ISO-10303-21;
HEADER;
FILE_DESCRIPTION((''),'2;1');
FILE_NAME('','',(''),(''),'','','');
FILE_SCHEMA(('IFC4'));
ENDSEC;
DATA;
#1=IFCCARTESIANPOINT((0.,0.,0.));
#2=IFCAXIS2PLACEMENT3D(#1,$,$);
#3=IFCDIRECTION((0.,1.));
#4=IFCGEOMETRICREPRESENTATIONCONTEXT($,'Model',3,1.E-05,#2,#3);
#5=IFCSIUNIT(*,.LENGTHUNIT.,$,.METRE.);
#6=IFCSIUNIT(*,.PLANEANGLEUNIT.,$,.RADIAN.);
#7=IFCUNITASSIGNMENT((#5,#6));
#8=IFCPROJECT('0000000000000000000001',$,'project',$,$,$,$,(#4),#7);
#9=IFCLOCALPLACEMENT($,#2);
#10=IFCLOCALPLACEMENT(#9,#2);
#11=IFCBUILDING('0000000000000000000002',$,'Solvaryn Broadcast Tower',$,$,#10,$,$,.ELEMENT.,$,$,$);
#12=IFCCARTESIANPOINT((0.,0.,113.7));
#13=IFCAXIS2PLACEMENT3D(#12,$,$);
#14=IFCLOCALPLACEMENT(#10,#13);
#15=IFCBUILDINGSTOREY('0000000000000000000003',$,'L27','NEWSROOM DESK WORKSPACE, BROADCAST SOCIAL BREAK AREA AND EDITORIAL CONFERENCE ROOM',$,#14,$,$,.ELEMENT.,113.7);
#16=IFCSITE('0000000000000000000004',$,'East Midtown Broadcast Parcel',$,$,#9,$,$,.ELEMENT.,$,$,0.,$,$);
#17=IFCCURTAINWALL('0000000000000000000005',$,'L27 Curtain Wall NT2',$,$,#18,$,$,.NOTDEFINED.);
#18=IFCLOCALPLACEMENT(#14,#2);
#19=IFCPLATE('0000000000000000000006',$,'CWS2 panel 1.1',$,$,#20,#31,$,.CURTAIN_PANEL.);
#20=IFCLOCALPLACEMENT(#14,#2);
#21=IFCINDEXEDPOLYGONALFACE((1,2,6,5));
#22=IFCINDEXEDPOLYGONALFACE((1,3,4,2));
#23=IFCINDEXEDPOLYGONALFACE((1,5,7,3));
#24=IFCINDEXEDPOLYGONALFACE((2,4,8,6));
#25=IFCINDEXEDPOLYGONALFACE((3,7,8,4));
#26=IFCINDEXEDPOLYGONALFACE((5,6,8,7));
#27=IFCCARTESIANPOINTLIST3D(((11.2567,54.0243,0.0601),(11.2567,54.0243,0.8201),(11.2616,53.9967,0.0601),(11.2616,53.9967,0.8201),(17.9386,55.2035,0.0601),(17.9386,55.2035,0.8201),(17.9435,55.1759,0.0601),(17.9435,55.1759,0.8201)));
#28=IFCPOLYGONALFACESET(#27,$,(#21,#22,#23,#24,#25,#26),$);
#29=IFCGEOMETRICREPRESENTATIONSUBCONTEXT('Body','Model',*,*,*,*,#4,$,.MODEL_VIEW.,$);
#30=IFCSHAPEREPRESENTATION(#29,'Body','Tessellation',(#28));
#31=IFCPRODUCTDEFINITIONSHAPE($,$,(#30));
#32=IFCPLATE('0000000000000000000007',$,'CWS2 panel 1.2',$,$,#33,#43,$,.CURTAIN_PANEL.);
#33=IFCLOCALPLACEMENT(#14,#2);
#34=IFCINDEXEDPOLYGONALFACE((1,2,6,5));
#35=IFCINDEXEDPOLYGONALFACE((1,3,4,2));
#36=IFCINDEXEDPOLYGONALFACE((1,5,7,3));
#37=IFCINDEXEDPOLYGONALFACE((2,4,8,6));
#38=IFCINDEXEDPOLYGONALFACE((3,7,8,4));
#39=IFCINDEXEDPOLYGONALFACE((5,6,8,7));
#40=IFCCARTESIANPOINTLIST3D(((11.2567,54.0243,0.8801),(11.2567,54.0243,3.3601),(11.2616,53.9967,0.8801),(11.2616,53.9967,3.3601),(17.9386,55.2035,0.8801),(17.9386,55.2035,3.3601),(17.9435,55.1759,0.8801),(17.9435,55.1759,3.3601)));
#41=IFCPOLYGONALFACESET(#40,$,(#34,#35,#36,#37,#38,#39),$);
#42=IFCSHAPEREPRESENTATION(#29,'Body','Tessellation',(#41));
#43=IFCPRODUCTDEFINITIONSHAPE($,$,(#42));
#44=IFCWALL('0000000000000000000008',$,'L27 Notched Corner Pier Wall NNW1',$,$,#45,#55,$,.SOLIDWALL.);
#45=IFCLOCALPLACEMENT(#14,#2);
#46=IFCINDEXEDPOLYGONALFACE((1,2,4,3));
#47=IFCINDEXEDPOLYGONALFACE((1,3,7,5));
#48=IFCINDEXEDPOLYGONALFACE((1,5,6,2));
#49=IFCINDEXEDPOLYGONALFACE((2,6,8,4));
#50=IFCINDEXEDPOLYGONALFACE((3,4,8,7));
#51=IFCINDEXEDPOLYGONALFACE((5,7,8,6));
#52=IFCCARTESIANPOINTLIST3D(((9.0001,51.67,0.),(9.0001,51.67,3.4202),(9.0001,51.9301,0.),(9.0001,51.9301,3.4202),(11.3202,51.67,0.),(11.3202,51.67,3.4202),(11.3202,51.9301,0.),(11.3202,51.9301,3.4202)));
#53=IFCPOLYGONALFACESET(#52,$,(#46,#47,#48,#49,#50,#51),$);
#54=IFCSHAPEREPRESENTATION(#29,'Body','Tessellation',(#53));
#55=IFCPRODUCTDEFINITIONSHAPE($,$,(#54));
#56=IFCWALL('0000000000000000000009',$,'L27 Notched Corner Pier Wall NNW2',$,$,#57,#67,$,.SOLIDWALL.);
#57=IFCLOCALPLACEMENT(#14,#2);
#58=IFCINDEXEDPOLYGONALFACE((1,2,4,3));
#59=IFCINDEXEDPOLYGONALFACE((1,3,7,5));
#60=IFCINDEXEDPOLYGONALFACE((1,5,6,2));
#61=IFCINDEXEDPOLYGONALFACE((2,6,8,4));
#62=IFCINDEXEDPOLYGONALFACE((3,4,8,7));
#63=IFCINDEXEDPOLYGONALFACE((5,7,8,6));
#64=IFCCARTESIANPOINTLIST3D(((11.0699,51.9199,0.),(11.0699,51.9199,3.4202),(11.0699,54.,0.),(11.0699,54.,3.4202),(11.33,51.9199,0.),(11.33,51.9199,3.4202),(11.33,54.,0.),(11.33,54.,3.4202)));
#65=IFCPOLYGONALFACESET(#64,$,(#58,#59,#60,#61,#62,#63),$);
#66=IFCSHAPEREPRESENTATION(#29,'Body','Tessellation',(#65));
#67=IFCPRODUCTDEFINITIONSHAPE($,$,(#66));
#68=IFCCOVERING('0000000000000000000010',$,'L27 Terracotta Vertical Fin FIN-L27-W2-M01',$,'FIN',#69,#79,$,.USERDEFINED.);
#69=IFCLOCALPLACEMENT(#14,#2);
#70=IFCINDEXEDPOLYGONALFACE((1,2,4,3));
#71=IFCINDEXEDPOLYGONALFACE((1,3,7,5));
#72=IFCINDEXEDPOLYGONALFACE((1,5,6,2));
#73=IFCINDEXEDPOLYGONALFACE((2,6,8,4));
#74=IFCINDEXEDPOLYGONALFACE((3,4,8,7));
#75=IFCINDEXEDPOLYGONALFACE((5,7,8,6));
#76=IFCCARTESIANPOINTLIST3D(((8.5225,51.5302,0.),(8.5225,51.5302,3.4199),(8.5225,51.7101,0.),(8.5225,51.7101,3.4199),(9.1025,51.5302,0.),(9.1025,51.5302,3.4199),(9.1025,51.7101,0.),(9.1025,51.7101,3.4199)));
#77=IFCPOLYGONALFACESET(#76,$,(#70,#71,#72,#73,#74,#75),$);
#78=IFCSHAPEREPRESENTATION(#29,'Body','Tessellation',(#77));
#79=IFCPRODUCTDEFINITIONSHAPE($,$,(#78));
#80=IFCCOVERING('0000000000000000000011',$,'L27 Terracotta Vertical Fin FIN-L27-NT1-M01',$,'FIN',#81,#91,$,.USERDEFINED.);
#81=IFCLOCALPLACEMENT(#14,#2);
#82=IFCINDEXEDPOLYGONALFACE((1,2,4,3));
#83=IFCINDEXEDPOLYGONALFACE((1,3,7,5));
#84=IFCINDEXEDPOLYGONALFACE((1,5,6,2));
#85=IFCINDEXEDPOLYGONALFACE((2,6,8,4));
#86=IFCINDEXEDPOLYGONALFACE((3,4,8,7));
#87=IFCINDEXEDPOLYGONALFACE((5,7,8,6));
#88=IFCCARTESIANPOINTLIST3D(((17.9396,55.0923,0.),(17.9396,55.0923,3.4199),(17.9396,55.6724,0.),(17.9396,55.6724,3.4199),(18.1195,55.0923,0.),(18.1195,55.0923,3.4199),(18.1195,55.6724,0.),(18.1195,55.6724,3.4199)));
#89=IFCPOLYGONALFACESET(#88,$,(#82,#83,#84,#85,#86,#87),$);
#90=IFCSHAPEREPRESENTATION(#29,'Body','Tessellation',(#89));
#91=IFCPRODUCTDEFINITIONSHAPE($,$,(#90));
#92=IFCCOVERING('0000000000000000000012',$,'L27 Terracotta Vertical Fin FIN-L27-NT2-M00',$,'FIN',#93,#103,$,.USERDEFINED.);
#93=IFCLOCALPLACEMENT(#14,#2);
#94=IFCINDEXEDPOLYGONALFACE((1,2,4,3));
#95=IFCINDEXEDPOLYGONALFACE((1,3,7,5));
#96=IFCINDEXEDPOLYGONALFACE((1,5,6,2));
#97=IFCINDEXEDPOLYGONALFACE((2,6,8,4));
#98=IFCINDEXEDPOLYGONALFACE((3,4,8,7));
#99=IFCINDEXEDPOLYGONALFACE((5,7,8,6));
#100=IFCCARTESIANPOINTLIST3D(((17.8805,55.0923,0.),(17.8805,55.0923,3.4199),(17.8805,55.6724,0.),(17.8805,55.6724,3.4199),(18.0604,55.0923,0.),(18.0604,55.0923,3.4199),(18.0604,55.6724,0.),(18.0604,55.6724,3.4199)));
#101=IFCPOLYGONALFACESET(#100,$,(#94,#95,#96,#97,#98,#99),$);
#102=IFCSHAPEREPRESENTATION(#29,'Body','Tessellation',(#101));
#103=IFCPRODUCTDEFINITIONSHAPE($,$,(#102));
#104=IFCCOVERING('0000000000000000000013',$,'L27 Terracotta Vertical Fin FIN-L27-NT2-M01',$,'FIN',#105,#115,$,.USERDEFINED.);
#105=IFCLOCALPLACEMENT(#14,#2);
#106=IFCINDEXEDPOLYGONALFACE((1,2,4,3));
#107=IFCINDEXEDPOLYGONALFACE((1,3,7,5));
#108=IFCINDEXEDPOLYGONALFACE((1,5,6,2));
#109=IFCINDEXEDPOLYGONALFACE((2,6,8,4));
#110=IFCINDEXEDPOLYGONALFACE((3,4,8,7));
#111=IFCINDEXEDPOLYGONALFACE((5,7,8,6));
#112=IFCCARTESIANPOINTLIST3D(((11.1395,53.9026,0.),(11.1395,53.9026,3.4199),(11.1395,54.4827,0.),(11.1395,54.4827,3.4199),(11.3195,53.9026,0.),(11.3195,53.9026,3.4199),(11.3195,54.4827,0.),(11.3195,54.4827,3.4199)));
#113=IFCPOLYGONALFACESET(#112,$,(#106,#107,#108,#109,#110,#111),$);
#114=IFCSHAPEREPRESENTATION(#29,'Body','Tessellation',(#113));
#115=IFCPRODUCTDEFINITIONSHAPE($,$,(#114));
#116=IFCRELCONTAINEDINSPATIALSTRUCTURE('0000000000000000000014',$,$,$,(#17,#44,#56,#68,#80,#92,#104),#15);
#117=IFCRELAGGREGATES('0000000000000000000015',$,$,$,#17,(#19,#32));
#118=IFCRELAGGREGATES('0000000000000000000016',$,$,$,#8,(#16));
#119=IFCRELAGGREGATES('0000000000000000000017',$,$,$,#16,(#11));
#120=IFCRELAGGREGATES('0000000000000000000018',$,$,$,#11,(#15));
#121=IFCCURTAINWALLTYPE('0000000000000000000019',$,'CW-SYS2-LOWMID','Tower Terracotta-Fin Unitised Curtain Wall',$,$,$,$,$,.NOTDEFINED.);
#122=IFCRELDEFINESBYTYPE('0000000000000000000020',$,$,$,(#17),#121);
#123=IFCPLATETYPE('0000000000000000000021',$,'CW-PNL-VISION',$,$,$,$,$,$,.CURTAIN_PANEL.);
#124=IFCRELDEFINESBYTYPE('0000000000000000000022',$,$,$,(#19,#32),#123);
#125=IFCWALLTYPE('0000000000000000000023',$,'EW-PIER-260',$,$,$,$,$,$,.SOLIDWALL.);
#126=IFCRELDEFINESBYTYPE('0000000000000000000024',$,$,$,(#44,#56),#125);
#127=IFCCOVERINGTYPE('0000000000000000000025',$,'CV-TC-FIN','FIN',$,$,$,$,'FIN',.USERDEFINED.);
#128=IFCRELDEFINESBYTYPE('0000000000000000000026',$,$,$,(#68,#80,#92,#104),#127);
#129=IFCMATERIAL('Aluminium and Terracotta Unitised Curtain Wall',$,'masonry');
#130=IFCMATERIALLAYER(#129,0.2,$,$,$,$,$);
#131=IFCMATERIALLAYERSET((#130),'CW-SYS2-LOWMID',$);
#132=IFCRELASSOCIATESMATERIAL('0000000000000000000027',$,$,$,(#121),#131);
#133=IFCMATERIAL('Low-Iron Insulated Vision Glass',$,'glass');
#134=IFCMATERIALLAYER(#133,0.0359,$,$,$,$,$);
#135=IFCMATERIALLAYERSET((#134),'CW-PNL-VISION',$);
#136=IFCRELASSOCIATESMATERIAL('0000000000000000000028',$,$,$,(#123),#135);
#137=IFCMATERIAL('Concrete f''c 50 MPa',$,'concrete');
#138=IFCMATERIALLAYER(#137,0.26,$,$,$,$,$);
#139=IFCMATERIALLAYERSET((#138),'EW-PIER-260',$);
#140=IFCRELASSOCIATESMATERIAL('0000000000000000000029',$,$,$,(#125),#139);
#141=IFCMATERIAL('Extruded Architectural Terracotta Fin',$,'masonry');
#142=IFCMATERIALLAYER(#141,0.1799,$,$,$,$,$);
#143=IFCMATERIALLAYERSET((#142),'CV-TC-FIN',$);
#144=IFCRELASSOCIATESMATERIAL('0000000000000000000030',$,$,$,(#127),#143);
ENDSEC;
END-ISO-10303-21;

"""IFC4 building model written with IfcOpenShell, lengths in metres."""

from ifc_helpers import new_model, si_unit, direction, frame, frame_2d, origin, origin_2d, place, context, subcontext, project, spatial, rectangle, extrude, material, layer, layer_set, type_object, element, aggregate, save


model = new_model("IFC4")

# Units and contexts
model_context = context("Model", 3, precision=1e-05, world=origin(), true_north=direction((0.0, 1.0)))
body_context = subcontext(model_context, "Body", "Model", "MODEL_VIEW")
ifc_project = project(units=[si_unit("LENGTHUNIT", "METRE"), si_unit("PLANEANGLEUNIT", "RADIAN")], contexts=[model_context])

# Site, building, storey
site_placement = place(None, origin())
site = spatial("IfcSite", under=ifc_project, at=site_placement, Name="East Midtown Broadcast Parcel", CompositionType="ELEMENT", RefElevation=0.0)
building_placement = place(site_placement, origin())
building = spatial("IfcBuilding", under=site, at=building_placement, Name="Solvaryn Broadcast Tower", CompositionType="ELEMENT")
storey_placement = place(building_placement, frame((0.0, 0.0, 113.7)))
storey = spatial("IfcBuildingStorey", under=building, at=storey_placement, Name="L27", Description="NEWSROOM DESK WORKSPACE, BROADCAST SOCIAL BREAK AREA AND EDITORIAL CONFERENCE ROOM", CompositionType="ELEMENT", Elevation=113.7)

# Shared definitions
ifc_material_1 = material(Name="Aluminium and Terracotta Unitised Curtain Wall", Category="masonry")
ifc_layer_1 = layer(ifc_material_1, 0.2)
ifc_layer_set_1 = layer_set([ifc_layer_1], Name="CW-SYS2-LOWMID")
curtain_wall_type = type_object("IfcCurtainWallType", Name="CW-SYS2-LOWMID", Description="Tower Terracotta-Fin Unitised Curtain Wall", PredefinedType="NOTDEFINED", material=ifc_layer_set_1)

# Curtain wall
curtain_wall_1_placement = place(storey_placement, origin())
curtain_wall_1 = element("IfcCurtainWall", 1, at=curtain_wall_1_placement, inside=storey, type_object=curtain_wall_type, Name="L27 Curtain Wall NT2", PredefinedType="NOTDEFINED")

# Plates
ifc_material_2 = material(Name="Low-Iron Insulated Vision Glass", Category="glass")
ifc_layer_2 = layer(ifc_material_2, 0.0359)
ifc_layer_set_2 = layer_set([ifc_layer_2], Name="CW-PNL-VISION")
plate_type = type_object("IfcPlateType", Name="CW-PNL-VISION", PredefinedType="CURTAIN_PANEL", material=ifc_layer_set_2)
plate_1_placement = place(storey_placement, frame((14.6001, 54.6001, 0.0601), z_axis=(0.0, 0.0, 1.0), x_axis=(-0.984784, -0.173785, 0.0)))
plate_1 = element("IfcPlate", 2, at=plate_1_placement, type_object=plate_type, Name="CWS2 panel 1.1", PredefinedType="CURTAIN_PANEL", context=body_context, shape_type="SweptSolid", body=[
    extrude(rectangle(XDim=6.7852, YDim=0.0281, at=origin_2d()), origin(), (0.0, 0.0, 1.0), 0.76),
])
plate_2_placement = place(storey_placement, frame((14.6001, 54.6001, 0.8801), z_axis=(0.0, 0.0, 1.0), x_axis=(-0.984784, -0.173785, 0.0)))
plate_2 = element("IfcPlate", 3, at=plate_2_placement, type_object=plate_type, Name="CWS2 panel 1.2", PredefinedType="CURTAIN_PANEL", context=body_context, shape_type="SweptSolid", body=[
    extrude(rectangle(XDim=6.7852, YDim=0.0281, at=origin_2d()), origin(), (0.0, 0.0, 1.0), 2.48),
])
aggregate(curtain_wall_1, [plate_1, plate_2])

# Walls
ifc_material_3 = material(Name="Concrete f'c 50 MPa", Category="concrete")
ifc_layer_3 = layer(ifc_material_3, 0.26)
ifc_layer_set_3 = layer_set([ifc_layer_3], Name="EW-PIER-260")
wall_type = type_object("IfcWallType", Name="EW-PIER-260", PredefinedType="SOLIDWALL", material=ifc_layer_set_3)
wall_1_placement = place(storey_placement, frame((9.0, 51.8, 0.0), z_axis=(0.0, 0.0, 1.0), x_axis=(1.0, 0.0, 0.0)))
element("IfcWall", 4, at=wall_1_placement, inside=storey, type_object=wall_type, Name="L27 Notched Corner Pier Wall NNW1", PredefinedType="SOLIDWALL", context=body_context, shape_type="SweptSolid", body=[
    extrude(rectangle(XDim=2.3201, YDim=0.26, at=frame_2d((1.1602, 0.0))), origin(), (0.0, 0.0, 1.0), 3.4202),
])
wall_2_placement = place(storey_placement, frame((11.2, 51.9199, 0.0), z_axis=(0.0, 0.0, 1.0), x_axis=(0.0, 1.0, 0.0)))
element("IfcWall", 5, at=wall_2_placement, inside=storey, type_object=wall_type, Name="L27 Notched Corner Pier Wall NNW2", PredefinedType="SOLIDWALL", context=body_context, shape_type="SweptSolid", body=[
    extrude(rectangle(XDim=2.0801, YDim=0.26, at=frame_2d((1.04, 0.0))), origin(), (0.0, 0.0, 1.0), 3.4202),
])

# Coverings
ifc_material_4 = material(Name="Extruded Architectural Terracotta Fin", Category="masonry")
ifc_layer_4 = layer(ifc_material_4, 0.1799)
ifc_layer_set_4 = layer_set([ifc_layer_4], Name="CV-TC-FIN")
covering_type = type_object("IfcCoveringType", Name="CV-TC-FIN", Description="FIN", ElementType="FIN", PredefinedType="USERDEFINED", material=ifc_layer_set_4)
covering_placement = place(storey_placement, frame((8.8125, 51.6201, 0.0), z_axis=(0.0, 0.0, 1.0), x_axis=(1.0, 0.0, 0.0)))
element("IfcCovering", 6, at=covering_placement, inside=storey, type_object=covering_type, Name="L27 Terracotta Vertical Fin FIN-L27-W2-M01", ObjectType="FIN", PredefinedType="USERDEFINED", context=body_context, shape_type="SweptSolid", body=[
    extrude(rectangle(XDim=0.5801, YDim=0.1799, at=origin_2d()), origin(), (0.0, 0.0, 1.0), 3.4199),
])
for number, where, z_axis, x_axis, name in (
    (7, (18.0295, 55.3823, 0.0), (0.0, 0.0, 1.0), (1.0, 0.0, 0.0), "L27 Terracotta Vertical Fin FIN-L27-NT1-M01"),
    (8, (17.9705, 55.3823, 0.0), (0.0, 0.0, 1.0), (1.0, 0.0, 0.0), "L27 Terracotta Vertical Fin FIN-L27-NT2-M00"),
    (9, (11.2295, 54.1926, 0.0), (0.0, 0.0, 1.0), (1.0, 0.0, 0.0), "L27 Terracotta Vertical Fin FIN-L27-NT2-M01"),
):
    element("IfcCovering", number, at=place(storey_placement, frame(where, z_axis=z_axis, x_axis=x_axis)), inside=storey, type_object=covering_type, Name=name, ObjectType="FIN", PredefinedType="USERDEFINED", context=body_context, shape_type="SweptSolid", body=[
        extrude(rectangle(XDim=0.1799, YDim=0.5801, at=origin_2d()), origin(), (0.0, 0.0, 1.0), 3.4199),
    ])

save(model, "model.ifc")
